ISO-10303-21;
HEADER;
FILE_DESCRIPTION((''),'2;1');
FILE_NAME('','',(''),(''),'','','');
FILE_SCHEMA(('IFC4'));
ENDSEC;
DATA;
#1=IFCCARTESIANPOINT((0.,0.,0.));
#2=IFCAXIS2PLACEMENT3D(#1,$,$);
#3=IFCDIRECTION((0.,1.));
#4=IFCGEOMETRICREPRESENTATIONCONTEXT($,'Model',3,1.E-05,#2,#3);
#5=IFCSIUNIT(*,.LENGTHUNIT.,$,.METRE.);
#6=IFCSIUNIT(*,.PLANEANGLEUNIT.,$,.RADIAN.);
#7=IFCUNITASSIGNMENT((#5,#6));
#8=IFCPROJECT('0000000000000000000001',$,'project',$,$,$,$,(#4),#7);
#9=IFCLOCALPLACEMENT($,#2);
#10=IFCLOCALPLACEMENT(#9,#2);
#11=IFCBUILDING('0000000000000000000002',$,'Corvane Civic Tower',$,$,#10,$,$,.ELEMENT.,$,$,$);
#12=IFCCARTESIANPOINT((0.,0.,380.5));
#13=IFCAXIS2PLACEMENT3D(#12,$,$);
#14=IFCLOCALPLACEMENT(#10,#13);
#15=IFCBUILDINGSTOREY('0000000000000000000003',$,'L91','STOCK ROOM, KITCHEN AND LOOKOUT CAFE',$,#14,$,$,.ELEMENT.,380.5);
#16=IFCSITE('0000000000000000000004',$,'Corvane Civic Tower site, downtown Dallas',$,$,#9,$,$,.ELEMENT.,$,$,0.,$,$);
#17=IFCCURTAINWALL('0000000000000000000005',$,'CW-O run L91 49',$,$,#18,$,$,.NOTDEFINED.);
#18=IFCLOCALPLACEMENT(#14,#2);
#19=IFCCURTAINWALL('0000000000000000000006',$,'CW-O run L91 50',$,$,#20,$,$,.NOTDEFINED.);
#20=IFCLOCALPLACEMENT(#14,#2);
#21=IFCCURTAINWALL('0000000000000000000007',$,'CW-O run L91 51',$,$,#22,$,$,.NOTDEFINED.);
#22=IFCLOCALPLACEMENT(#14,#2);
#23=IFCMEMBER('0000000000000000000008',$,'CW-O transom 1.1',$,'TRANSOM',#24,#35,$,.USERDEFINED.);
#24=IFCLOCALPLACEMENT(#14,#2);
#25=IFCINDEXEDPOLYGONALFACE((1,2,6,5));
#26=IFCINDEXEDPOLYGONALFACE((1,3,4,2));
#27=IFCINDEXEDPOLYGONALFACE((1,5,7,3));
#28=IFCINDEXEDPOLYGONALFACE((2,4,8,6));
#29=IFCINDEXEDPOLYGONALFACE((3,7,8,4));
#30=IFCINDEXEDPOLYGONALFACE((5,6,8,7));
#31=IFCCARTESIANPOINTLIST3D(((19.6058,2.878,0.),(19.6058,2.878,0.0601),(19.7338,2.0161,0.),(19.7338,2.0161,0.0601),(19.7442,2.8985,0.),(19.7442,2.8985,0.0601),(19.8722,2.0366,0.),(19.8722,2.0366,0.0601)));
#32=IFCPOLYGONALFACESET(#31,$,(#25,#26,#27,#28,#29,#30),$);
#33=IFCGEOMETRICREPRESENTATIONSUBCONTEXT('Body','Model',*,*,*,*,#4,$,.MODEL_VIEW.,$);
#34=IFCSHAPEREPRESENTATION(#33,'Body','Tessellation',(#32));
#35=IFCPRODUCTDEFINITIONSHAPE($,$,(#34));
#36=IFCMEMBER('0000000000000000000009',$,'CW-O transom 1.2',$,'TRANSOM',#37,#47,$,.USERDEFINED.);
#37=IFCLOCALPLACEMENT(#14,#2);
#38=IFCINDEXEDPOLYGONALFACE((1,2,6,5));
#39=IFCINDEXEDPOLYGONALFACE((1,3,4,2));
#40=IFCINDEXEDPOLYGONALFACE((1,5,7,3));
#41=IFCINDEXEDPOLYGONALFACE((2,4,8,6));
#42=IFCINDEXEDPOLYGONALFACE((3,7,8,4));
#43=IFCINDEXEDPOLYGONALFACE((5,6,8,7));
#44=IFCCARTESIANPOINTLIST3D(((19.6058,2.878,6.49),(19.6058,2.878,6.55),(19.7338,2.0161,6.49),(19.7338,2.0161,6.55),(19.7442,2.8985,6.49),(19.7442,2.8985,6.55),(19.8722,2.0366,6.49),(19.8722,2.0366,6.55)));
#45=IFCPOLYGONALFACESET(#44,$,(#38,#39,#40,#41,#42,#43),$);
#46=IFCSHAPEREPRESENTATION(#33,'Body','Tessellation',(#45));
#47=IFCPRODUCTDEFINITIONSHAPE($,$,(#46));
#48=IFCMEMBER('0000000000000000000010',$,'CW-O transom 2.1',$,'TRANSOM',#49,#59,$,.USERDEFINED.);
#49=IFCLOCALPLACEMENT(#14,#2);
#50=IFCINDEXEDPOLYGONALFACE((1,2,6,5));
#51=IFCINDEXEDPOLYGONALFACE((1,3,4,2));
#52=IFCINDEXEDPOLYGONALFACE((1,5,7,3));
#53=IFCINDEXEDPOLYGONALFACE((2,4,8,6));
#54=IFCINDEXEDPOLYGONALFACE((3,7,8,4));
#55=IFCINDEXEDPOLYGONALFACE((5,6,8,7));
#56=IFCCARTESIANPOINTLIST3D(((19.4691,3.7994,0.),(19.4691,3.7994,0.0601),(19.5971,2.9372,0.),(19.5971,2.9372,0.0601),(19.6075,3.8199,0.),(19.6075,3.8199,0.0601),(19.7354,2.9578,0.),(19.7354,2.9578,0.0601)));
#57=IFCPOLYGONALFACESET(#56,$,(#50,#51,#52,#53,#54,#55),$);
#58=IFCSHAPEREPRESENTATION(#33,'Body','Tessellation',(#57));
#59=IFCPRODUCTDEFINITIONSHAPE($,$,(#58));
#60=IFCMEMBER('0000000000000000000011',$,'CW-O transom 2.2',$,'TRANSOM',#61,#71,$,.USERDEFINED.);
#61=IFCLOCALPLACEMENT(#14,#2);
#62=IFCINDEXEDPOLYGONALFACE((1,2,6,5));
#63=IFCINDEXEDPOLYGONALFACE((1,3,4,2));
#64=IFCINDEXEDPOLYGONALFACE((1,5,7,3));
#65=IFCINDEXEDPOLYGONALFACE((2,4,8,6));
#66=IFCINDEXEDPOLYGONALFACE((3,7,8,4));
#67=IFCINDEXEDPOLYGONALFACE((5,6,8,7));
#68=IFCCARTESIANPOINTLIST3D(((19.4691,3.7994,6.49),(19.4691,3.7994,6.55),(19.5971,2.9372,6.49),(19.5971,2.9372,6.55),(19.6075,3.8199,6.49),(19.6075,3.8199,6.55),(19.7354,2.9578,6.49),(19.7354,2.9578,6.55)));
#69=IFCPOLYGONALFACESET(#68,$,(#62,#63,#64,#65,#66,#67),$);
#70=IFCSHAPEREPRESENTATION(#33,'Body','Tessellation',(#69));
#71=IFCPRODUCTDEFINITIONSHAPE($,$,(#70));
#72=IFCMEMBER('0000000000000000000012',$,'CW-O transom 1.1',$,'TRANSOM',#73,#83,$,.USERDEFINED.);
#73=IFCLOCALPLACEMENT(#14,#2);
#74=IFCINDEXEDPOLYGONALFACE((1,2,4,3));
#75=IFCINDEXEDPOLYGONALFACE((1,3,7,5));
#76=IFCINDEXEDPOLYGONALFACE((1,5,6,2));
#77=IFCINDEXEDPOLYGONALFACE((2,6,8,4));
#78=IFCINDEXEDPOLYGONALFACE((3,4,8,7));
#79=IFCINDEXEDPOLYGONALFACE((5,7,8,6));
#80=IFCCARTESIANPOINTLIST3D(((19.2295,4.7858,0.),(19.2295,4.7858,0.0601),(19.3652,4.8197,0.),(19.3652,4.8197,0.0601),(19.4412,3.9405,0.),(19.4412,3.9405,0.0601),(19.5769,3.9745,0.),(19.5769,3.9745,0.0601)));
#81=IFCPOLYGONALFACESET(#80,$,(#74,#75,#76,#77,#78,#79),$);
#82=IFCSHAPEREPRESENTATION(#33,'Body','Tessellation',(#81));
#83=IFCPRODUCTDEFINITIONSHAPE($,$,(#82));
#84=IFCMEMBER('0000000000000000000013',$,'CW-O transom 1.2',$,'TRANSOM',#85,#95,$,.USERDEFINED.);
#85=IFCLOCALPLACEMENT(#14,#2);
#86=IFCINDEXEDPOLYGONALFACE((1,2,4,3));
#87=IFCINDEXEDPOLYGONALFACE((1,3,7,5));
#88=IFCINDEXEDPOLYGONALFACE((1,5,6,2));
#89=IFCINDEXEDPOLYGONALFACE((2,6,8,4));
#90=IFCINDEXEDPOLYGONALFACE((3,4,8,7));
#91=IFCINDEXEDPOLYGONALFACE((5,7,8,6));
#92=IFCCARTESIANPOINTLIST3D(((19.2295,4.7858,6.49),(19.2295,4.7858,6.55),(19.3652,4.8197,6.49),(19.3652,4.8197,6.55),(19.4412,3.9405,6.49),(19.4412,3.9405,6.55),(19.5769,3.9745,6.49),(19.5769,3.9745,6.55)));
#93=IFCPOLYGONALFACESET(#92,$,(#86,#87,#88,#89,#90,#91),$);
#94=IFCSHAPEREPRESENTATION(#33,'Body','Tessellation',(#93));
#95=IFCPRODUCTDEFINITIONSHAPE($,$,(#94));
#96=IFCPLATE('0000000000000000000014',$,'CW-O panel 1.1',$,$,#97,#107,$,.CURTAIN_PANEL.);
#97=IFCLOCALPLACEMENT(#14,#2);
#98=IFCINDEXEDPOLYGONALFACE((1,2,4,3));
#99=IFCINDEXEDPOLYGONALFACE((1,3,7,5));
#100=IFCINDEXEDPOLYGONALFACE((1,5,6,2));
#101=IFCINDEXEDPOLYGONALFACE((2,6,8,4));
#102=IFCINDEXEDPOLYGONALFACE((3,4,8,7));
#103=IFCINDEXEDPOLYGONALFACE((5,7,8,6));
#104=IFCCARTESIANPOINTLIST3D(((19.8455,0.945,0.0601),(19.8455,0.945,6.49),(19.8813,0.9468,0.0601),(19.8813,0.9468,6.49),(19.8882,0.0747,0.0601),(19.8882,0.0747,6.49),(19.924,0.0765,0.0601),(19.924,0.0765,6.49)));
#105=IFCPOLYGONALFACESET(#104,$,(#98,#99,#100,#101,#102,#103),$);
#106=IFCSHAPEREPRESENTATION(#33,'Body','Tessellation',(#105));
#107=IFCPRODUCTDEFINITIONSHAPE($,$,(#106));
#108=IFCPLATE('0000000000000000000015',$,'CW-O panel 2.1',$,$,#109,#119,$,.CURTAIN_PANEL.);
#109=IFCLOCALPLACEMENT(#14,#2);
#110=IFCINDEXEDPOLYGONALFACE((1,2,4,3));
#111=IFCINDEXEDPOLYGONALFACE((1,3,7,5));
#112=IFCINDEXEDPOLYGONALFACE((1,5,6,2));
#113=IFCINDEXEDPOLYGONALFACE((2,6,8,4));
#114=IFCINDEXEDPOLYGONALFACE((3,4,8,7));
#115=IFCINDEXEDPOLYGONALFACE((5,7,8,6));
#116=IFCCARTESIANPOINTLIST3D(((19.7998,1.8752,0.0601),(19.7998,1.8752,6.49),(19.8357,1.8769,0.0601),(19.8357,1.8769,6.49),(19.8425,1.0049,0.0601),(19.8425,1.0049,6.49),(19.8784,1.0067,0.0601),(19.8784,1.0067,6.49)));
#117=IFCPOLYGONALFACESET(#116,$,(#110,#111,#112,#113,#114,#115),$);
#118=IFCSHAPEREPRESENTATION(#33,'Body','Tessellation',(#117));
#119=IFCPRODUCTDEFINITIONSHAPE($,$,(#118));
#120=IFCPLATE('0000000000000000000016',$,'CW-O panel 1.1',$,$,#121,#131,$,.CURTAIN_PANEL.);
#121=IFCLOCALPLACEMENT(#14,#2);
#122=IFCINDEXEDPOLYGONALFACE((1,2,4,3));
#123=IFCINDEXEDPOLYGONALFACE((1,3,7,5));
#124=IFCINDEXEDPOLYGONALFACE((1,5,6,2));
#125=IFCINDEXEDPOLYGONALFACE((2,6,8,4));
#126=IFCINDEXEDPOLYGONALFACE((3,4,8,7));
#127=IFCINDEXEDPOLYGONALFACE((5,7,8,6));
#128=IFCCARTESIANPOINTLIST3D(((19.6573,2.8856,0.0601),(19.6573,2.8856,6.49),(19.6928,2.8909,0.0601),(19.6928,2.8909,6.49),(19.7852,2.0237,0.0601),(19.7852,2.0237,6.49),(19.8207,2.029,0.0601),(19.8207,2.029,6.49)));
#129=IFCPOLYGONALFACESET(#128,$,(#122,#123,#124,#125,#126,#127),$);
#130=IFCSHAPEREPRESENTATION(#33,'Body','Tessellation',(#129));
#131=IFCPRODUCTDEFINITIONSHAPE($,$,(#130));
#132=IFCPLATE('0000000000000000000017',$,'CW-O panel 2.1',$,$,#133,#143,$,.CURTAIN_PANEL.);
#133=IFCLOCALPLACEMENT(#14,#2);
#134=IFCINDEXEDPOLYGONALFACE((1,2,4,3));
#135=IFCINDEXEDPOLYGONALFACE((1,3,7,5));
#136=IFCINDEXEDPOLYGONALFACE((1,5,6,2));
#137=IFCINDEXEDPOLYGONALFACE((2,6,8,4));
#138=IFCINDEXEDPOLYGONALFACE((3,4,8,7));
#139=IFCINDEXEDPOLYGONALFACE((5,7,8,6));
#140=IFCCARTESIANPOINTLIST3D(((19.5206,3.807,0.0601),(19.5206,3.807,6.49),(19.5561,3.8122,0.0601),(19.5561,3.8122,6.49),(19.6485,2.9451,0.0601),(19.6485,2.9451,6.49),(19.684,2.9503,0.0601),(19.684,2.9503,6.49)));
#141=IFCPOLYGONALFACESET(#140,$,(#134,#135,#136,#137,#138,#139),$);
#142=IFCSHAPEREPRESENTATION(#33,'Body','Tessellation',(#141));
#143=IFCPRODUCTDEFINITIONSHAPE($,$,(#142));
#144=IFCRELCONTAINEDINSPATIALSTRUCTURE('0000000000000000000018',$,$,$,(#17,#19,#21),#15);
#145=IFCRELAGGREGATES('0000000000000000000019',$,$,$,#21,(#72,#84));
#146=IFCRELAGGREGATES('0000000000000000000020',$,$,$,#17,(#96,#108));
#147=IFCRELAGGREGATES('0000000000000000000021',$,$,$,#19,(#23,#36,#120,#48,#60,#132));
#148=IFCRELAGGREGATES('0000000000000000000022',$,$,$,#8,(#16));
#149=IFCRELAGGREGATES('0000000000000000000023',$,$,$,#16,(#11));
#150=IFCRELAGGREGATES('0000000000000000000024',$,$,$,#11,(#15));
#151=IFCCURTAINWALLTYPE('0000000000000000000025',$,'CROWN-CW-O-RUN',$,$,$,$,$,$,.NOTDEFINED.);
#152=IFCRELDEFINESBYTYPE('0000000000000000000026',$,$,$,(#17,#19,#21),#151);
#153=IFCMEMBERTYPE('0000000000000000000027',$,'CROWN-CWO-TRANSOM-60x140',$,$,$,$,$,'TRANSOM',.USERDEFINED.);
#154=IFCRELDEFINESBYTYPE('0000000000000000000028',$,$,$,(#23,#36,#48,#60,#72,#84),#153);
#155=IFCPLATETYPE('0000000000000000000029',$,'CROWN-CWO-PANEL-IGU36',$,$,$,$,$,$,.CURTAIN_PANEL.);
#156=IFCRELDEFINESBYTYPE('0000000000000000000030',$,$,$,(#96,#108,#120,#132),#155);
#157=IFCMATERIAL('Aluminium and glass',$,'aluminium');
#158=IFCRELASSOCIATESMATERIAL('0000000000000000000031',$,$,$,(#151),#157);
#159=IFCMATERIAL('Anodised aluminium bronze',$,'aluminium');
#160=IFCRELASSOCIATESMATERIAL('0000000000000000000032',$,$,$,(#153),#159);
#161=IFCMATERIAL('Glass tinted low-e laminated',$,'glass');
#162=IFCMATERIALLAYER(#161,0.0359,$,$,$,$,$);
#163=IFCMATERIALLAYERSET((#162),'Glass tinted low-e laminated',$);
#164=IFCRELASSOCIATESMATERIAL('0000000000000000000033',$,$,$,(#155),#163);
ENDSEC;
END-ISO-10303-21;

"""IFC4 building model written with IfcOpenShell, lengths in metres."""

from ifc_helpers import new_model, si_unit, direction, frame, origin, origin_2d, place, context, subcontext, project, spatial, rectangle, extrude, material, layer, layer_set, material_profile, profile_set, type_object, element, aggregate, save


model = new_model("IFC4")

# Units and contexts
model_context = context("Model", 3, precision=1e-05, world=origin(), true_north=direction((0.0, 1.0)))
body_context = subcontext(model_context, "Body", "Model", "MODEL_VIEW")
ifc_project = project(units=[si_unit("LENGTHUNIT", "METRE"), si_unit("PLANEANGLEUNIT", "RADIAN")], contexts=[model_context])

# Site, building, storey
site_placement = place(None, origin())
site = spatial("IfcSite", under=ifc_project, at=site_placement, Name="Corvane Civic Tower site, downtown Dallas", CompositionType="ELEMENT", RefElevation=0.0)
building_placement = place(site_placement, origin())
building = spatial("IfcBuilding", under=site, at=building_placement, Name="Corvane Civic Tower", CompositionType="ELEMENT")
storey_placement = place(building_placement, frame((0.0, 0.0, 380.5)))
storey = spatial("IfcBuildingStorey", under=building, at=storey_placement, Name="L91", Description="STOCK ROOM, KITCHEN AND LOOKOUT CAFE", CompositionType="ELEMENT", Elevation=380.5)

# Curtain walls
ifc_material_1 = material(Name="Aluminium and glass", Category="aluminium")
curtain_wall_type = type_object("IfcCurtainWallType", Name="CROWN-CW-O-RUN", PredefinedType="NOTDEFINED", material=ifc_material_1)
curtain_wall_1_placement = place(storey_placement, origin())
curtain_wall_1 = element("IfcCurtainWall", 1, at=curtain_wall_1_placement, inside=storey, type_object=curtain_wall_type, Name="CW-O run L91 49", PredefinedType="NOTDEFINED")
curtain_wall_2_placement = place(storey_placement, origin())
curtain_wall_2 = element("IfcCurtainWall", 2, at=curtain_wall_2_placement, inside=storey, type_object=curtain_wall_type, Name="CW-O run L91 50", PredefinedType="NOTDEFINED")

# Curtain wall
curtain_wall_3_placement = place(storey_placement, origin())
curtain_wall_3 = element("IfcCurtainWall", 3, at=curtain_wall_3_placement, inside=storey, type_object=curtain_wall_type, Name="CW-O run L91 51", PredefinedType="NOTDEFINED")

# Members
ifc_material_2 = material(Name="Anodised aluminium bronze", Category="aluminium")
ifc_material_profile_1 = material_profile(ifc_material_2, rectangle(XDim=0.1399, YDim=0.0601, at=origin_2d()), Name="AL 140x60")
ifc_profile_set_1 = profile_set([ifc_material_profile_1], Name="Anodised aluminium bronze")
member_type_1 = type_object("IfcMemberType", Name="CROWN-CWO-TRANSOM-60x140", ElementType="TRANSOM", PredefinedType="USERDEFINED", material=ifc_profile_set_1)
member_1_placement = place(storey_placement, frame((19.803, 2.0264, 0.03), z_axis=(-0.146833, 0.989161, 0.0), x_axis=(-0.989161, -0.146833, 0.0)))
member_1 = element("IfcMember", 4, at=member_1_placement, type_object=member_type_1, Name="CW-O transom 1.1", ObjectType="TRANSOM", PredefinedType="USERDEFINED", context=body_context, shape_type="SweptSolid", body=[
    extrude(rectangle(XDim=0.1399, YDim=0.0601, at=origin_2d()), origin(), (0.0, 0.0, 1.0), 0.8713),
])
member_2_placement = place(storey_placement, frame((19.803, 2.0264, 6.52), z_axis=(-0.146833, 0.989161, 0.0), x_axis=(-0.989161, -0.146833, 0.0)))
member_2 = element("IfcMember", 5, at=member_2_placement, type_object=member_type_1, Name="CW-O transom 1.2", ObjectType="TRANSOM", PredefinedType="USERDEFINED", context=body_context, shape_type="SweptSolid", body=[
    extrude(rectangle(XDim=0.1399, YDim=0.0601, at=origin_2d()), origin(), (0.0, 0.0, 1.0), 0.8713),
])
member_3_placement = place(storey_placement, frame((19.6663, 2.9475, 0.03), z_axis=(-0.146792, 0.989167, 0.0), x_axis=(-0.989167, -0.146792, 0.0)))
member_3 = element("IfcMember", 6, at=member_3_placement, type_object=member_type_1, Name="CW-O transom 2.1", ObjectType="TRANSOM", PredefinedType="USERDEFINED", context=body_context, shape_type="SweptSolid", body=[
    extrude(rectangle(XDim=0.1399, YDim=0.0601, at=origin_2d()), origin(), (0.0, 0.0, 1.0), 0.8716),
])
member_4_placement = place(storey_placement, frame((19.6663, 2.9475, 6.52), z_axis=(-0.146792, 0.989167, 0.0), x_axis=(-0.989167, -0.146792, 0.0)))
member_4 = element("IfcMember", 7, at=member_4_placement, type_object=member_type_1, Name="CW-O transom 2.2", ObjectType="TRANSOM", PredefinedType="USERDEFINED", context=body_context, shape_type="SweptSolid", body=[
    extrude(rectangle(XDim=0.1399, YDim=0.0601, at=origin_2d()), origin(), (0.0, 0.0, 1.0), 0.8716),
])
member_5_placement = place(storey_placement, frame((19.509, 3.9575, 0.03), z_axis=(-0.242931, 0.970044, 0.0), x_axis=(-0.970044, -0.242931, 0.0)))
member_5 = element("IfcMember", 8, at=member_5_placement, type_object=member_type_1, Name="CW-O transom 1.1", ObjectType="TRANSOM", PredefinedType="USERDEFINED", context=body_context, shape_type="SweptSolid", body=[
    extrude(rectangle(XDim=0.1399, YDim=0.0601, at=origin_2d()), origin(), (0.0, 0.0, 1.0), 0.8713),
])
member_6_placement = place(storey_placement, frame((19.509, 3.9575, 6.52), z_axis=(-0.242931, 0.970044, 0.0), x_axis=(-0.970044, -0.242931, 0.0)))
member_6 = element("IfcMember", 9, at=member_6_placement, type_object=member_type_1, Name="CW-O transom 1.2", ObjectType="TRANSOM", PredefinedType="USERDEFINED", context=body_context, shape_type="SweptSolid", body=[
    extrude(rectangle(XDim=0.1399, YDim=0.0601, at=origin_2d()), origin(), (0.0, 0.0, 1.0), 0.8713),
])
aggregate(curtain_wall_3, [member_5, member_6])

# Plates
ifc_material_3 = material(Name="Glass tinted low-e laminated", Category="glass")
ifc_layer = layer(ifc_material_3, 0.0359)
ifc_layer_set = layer_set([ifc_layer], Name="Glass tinted low-e laminated")
plate_type = type_object("IfcPlateType", Name="CROWN-CWO-PANEL-IGU36", PredefinedType="CURTAIN_PANEL", material=ifc_layer_set)
plate_1_placement = place(storey_placement, frame((19.8848, 0.5107, 0.0601), z_axis=(0.0, 0.0, 1.0), x_axis=(-0.048991, 0.998799, 0.0)))
plate_1 = element("IfcPlate", 10, at=plate_1_placement, type_object=plate_type, Name="CW-O panel 1.1", PredefinedType="CURTAIN_PANEL", context=body_context, shape_type="SweptSolid", body=[
    extrude(rectangle(XDim=0.8713, YDim=0.0359, at=origin_2d()), origin(), (0.0, 0.0, 1.0), 6.4299),
])
plate_2_placement = place(storey_placement, frame((19.8391, 1.4409, 0.0601), z_axis=(0.0, 0.0, 1.0), x_axis=(-0.048991, 0.998799, 0.0)))
plate_2 = element("IfcPlate", 11, at=plate_2_placement, type_object=plate_type, Name="CW-O panel 2.1", PredefinedType="CURTAIN_PANEL", context=body_context, shape_type="SweptSolid", body=[
    extrude(rectangle(XDim=0.8713, YDim=0.0359, at=origin_2d()), origin(), (0.0, 0.0, 1.0), 6.4299),
])
aggregate(curtain_wall_1, [plate_1, plate_2])
plate_3_placement = place(storey_placement, frame((19.739, 2.4573, 0.0601), z_axis=(0.0, 0.0, 1.0), x_axis=(-0.146771, 0.98917, 0.0)))
plate_3 = element("IfcPlate", 12, at=plate_3_placement, type_object=plate_type, Name="CW-O panel 1.1", PredefinedType="CURTAIN_PANEL", context=body_context, shape_type="SweptSolid", body=[
    extrude(rectangle(XDim=0.8713, YDim=0.0359, at=origin_2d()), origin(), (0.0, 0.0, 1.0), 6.4299),
])
plate_4_placement = place(storey_placement, frame((19.6023, 3.3787, 0.0601), z_axis=(0.0, 0.0, 1.0), x_axis=(-0.146771, 0.98917, 0.0)))
plate_4 = element("IfcPlate", 13, at=plate_4_placement, type_object=plate_type, Name="CW-O panel 2.1", PredefinedType="CURTAIN_PANEL", context=body_context, shape_type="SweptSolid", body=[
    extrude(rectangle(XDim=0.8713, YDim=0.0359, at=origin_2d()), origin(), (0.0, 0.0, 1.0), 6.4299),
])
aggregate(curtain_wall_2, [member_1, member_2, plate_3, member_3, member_4, plate_4])

save(model, "model.ifc")
